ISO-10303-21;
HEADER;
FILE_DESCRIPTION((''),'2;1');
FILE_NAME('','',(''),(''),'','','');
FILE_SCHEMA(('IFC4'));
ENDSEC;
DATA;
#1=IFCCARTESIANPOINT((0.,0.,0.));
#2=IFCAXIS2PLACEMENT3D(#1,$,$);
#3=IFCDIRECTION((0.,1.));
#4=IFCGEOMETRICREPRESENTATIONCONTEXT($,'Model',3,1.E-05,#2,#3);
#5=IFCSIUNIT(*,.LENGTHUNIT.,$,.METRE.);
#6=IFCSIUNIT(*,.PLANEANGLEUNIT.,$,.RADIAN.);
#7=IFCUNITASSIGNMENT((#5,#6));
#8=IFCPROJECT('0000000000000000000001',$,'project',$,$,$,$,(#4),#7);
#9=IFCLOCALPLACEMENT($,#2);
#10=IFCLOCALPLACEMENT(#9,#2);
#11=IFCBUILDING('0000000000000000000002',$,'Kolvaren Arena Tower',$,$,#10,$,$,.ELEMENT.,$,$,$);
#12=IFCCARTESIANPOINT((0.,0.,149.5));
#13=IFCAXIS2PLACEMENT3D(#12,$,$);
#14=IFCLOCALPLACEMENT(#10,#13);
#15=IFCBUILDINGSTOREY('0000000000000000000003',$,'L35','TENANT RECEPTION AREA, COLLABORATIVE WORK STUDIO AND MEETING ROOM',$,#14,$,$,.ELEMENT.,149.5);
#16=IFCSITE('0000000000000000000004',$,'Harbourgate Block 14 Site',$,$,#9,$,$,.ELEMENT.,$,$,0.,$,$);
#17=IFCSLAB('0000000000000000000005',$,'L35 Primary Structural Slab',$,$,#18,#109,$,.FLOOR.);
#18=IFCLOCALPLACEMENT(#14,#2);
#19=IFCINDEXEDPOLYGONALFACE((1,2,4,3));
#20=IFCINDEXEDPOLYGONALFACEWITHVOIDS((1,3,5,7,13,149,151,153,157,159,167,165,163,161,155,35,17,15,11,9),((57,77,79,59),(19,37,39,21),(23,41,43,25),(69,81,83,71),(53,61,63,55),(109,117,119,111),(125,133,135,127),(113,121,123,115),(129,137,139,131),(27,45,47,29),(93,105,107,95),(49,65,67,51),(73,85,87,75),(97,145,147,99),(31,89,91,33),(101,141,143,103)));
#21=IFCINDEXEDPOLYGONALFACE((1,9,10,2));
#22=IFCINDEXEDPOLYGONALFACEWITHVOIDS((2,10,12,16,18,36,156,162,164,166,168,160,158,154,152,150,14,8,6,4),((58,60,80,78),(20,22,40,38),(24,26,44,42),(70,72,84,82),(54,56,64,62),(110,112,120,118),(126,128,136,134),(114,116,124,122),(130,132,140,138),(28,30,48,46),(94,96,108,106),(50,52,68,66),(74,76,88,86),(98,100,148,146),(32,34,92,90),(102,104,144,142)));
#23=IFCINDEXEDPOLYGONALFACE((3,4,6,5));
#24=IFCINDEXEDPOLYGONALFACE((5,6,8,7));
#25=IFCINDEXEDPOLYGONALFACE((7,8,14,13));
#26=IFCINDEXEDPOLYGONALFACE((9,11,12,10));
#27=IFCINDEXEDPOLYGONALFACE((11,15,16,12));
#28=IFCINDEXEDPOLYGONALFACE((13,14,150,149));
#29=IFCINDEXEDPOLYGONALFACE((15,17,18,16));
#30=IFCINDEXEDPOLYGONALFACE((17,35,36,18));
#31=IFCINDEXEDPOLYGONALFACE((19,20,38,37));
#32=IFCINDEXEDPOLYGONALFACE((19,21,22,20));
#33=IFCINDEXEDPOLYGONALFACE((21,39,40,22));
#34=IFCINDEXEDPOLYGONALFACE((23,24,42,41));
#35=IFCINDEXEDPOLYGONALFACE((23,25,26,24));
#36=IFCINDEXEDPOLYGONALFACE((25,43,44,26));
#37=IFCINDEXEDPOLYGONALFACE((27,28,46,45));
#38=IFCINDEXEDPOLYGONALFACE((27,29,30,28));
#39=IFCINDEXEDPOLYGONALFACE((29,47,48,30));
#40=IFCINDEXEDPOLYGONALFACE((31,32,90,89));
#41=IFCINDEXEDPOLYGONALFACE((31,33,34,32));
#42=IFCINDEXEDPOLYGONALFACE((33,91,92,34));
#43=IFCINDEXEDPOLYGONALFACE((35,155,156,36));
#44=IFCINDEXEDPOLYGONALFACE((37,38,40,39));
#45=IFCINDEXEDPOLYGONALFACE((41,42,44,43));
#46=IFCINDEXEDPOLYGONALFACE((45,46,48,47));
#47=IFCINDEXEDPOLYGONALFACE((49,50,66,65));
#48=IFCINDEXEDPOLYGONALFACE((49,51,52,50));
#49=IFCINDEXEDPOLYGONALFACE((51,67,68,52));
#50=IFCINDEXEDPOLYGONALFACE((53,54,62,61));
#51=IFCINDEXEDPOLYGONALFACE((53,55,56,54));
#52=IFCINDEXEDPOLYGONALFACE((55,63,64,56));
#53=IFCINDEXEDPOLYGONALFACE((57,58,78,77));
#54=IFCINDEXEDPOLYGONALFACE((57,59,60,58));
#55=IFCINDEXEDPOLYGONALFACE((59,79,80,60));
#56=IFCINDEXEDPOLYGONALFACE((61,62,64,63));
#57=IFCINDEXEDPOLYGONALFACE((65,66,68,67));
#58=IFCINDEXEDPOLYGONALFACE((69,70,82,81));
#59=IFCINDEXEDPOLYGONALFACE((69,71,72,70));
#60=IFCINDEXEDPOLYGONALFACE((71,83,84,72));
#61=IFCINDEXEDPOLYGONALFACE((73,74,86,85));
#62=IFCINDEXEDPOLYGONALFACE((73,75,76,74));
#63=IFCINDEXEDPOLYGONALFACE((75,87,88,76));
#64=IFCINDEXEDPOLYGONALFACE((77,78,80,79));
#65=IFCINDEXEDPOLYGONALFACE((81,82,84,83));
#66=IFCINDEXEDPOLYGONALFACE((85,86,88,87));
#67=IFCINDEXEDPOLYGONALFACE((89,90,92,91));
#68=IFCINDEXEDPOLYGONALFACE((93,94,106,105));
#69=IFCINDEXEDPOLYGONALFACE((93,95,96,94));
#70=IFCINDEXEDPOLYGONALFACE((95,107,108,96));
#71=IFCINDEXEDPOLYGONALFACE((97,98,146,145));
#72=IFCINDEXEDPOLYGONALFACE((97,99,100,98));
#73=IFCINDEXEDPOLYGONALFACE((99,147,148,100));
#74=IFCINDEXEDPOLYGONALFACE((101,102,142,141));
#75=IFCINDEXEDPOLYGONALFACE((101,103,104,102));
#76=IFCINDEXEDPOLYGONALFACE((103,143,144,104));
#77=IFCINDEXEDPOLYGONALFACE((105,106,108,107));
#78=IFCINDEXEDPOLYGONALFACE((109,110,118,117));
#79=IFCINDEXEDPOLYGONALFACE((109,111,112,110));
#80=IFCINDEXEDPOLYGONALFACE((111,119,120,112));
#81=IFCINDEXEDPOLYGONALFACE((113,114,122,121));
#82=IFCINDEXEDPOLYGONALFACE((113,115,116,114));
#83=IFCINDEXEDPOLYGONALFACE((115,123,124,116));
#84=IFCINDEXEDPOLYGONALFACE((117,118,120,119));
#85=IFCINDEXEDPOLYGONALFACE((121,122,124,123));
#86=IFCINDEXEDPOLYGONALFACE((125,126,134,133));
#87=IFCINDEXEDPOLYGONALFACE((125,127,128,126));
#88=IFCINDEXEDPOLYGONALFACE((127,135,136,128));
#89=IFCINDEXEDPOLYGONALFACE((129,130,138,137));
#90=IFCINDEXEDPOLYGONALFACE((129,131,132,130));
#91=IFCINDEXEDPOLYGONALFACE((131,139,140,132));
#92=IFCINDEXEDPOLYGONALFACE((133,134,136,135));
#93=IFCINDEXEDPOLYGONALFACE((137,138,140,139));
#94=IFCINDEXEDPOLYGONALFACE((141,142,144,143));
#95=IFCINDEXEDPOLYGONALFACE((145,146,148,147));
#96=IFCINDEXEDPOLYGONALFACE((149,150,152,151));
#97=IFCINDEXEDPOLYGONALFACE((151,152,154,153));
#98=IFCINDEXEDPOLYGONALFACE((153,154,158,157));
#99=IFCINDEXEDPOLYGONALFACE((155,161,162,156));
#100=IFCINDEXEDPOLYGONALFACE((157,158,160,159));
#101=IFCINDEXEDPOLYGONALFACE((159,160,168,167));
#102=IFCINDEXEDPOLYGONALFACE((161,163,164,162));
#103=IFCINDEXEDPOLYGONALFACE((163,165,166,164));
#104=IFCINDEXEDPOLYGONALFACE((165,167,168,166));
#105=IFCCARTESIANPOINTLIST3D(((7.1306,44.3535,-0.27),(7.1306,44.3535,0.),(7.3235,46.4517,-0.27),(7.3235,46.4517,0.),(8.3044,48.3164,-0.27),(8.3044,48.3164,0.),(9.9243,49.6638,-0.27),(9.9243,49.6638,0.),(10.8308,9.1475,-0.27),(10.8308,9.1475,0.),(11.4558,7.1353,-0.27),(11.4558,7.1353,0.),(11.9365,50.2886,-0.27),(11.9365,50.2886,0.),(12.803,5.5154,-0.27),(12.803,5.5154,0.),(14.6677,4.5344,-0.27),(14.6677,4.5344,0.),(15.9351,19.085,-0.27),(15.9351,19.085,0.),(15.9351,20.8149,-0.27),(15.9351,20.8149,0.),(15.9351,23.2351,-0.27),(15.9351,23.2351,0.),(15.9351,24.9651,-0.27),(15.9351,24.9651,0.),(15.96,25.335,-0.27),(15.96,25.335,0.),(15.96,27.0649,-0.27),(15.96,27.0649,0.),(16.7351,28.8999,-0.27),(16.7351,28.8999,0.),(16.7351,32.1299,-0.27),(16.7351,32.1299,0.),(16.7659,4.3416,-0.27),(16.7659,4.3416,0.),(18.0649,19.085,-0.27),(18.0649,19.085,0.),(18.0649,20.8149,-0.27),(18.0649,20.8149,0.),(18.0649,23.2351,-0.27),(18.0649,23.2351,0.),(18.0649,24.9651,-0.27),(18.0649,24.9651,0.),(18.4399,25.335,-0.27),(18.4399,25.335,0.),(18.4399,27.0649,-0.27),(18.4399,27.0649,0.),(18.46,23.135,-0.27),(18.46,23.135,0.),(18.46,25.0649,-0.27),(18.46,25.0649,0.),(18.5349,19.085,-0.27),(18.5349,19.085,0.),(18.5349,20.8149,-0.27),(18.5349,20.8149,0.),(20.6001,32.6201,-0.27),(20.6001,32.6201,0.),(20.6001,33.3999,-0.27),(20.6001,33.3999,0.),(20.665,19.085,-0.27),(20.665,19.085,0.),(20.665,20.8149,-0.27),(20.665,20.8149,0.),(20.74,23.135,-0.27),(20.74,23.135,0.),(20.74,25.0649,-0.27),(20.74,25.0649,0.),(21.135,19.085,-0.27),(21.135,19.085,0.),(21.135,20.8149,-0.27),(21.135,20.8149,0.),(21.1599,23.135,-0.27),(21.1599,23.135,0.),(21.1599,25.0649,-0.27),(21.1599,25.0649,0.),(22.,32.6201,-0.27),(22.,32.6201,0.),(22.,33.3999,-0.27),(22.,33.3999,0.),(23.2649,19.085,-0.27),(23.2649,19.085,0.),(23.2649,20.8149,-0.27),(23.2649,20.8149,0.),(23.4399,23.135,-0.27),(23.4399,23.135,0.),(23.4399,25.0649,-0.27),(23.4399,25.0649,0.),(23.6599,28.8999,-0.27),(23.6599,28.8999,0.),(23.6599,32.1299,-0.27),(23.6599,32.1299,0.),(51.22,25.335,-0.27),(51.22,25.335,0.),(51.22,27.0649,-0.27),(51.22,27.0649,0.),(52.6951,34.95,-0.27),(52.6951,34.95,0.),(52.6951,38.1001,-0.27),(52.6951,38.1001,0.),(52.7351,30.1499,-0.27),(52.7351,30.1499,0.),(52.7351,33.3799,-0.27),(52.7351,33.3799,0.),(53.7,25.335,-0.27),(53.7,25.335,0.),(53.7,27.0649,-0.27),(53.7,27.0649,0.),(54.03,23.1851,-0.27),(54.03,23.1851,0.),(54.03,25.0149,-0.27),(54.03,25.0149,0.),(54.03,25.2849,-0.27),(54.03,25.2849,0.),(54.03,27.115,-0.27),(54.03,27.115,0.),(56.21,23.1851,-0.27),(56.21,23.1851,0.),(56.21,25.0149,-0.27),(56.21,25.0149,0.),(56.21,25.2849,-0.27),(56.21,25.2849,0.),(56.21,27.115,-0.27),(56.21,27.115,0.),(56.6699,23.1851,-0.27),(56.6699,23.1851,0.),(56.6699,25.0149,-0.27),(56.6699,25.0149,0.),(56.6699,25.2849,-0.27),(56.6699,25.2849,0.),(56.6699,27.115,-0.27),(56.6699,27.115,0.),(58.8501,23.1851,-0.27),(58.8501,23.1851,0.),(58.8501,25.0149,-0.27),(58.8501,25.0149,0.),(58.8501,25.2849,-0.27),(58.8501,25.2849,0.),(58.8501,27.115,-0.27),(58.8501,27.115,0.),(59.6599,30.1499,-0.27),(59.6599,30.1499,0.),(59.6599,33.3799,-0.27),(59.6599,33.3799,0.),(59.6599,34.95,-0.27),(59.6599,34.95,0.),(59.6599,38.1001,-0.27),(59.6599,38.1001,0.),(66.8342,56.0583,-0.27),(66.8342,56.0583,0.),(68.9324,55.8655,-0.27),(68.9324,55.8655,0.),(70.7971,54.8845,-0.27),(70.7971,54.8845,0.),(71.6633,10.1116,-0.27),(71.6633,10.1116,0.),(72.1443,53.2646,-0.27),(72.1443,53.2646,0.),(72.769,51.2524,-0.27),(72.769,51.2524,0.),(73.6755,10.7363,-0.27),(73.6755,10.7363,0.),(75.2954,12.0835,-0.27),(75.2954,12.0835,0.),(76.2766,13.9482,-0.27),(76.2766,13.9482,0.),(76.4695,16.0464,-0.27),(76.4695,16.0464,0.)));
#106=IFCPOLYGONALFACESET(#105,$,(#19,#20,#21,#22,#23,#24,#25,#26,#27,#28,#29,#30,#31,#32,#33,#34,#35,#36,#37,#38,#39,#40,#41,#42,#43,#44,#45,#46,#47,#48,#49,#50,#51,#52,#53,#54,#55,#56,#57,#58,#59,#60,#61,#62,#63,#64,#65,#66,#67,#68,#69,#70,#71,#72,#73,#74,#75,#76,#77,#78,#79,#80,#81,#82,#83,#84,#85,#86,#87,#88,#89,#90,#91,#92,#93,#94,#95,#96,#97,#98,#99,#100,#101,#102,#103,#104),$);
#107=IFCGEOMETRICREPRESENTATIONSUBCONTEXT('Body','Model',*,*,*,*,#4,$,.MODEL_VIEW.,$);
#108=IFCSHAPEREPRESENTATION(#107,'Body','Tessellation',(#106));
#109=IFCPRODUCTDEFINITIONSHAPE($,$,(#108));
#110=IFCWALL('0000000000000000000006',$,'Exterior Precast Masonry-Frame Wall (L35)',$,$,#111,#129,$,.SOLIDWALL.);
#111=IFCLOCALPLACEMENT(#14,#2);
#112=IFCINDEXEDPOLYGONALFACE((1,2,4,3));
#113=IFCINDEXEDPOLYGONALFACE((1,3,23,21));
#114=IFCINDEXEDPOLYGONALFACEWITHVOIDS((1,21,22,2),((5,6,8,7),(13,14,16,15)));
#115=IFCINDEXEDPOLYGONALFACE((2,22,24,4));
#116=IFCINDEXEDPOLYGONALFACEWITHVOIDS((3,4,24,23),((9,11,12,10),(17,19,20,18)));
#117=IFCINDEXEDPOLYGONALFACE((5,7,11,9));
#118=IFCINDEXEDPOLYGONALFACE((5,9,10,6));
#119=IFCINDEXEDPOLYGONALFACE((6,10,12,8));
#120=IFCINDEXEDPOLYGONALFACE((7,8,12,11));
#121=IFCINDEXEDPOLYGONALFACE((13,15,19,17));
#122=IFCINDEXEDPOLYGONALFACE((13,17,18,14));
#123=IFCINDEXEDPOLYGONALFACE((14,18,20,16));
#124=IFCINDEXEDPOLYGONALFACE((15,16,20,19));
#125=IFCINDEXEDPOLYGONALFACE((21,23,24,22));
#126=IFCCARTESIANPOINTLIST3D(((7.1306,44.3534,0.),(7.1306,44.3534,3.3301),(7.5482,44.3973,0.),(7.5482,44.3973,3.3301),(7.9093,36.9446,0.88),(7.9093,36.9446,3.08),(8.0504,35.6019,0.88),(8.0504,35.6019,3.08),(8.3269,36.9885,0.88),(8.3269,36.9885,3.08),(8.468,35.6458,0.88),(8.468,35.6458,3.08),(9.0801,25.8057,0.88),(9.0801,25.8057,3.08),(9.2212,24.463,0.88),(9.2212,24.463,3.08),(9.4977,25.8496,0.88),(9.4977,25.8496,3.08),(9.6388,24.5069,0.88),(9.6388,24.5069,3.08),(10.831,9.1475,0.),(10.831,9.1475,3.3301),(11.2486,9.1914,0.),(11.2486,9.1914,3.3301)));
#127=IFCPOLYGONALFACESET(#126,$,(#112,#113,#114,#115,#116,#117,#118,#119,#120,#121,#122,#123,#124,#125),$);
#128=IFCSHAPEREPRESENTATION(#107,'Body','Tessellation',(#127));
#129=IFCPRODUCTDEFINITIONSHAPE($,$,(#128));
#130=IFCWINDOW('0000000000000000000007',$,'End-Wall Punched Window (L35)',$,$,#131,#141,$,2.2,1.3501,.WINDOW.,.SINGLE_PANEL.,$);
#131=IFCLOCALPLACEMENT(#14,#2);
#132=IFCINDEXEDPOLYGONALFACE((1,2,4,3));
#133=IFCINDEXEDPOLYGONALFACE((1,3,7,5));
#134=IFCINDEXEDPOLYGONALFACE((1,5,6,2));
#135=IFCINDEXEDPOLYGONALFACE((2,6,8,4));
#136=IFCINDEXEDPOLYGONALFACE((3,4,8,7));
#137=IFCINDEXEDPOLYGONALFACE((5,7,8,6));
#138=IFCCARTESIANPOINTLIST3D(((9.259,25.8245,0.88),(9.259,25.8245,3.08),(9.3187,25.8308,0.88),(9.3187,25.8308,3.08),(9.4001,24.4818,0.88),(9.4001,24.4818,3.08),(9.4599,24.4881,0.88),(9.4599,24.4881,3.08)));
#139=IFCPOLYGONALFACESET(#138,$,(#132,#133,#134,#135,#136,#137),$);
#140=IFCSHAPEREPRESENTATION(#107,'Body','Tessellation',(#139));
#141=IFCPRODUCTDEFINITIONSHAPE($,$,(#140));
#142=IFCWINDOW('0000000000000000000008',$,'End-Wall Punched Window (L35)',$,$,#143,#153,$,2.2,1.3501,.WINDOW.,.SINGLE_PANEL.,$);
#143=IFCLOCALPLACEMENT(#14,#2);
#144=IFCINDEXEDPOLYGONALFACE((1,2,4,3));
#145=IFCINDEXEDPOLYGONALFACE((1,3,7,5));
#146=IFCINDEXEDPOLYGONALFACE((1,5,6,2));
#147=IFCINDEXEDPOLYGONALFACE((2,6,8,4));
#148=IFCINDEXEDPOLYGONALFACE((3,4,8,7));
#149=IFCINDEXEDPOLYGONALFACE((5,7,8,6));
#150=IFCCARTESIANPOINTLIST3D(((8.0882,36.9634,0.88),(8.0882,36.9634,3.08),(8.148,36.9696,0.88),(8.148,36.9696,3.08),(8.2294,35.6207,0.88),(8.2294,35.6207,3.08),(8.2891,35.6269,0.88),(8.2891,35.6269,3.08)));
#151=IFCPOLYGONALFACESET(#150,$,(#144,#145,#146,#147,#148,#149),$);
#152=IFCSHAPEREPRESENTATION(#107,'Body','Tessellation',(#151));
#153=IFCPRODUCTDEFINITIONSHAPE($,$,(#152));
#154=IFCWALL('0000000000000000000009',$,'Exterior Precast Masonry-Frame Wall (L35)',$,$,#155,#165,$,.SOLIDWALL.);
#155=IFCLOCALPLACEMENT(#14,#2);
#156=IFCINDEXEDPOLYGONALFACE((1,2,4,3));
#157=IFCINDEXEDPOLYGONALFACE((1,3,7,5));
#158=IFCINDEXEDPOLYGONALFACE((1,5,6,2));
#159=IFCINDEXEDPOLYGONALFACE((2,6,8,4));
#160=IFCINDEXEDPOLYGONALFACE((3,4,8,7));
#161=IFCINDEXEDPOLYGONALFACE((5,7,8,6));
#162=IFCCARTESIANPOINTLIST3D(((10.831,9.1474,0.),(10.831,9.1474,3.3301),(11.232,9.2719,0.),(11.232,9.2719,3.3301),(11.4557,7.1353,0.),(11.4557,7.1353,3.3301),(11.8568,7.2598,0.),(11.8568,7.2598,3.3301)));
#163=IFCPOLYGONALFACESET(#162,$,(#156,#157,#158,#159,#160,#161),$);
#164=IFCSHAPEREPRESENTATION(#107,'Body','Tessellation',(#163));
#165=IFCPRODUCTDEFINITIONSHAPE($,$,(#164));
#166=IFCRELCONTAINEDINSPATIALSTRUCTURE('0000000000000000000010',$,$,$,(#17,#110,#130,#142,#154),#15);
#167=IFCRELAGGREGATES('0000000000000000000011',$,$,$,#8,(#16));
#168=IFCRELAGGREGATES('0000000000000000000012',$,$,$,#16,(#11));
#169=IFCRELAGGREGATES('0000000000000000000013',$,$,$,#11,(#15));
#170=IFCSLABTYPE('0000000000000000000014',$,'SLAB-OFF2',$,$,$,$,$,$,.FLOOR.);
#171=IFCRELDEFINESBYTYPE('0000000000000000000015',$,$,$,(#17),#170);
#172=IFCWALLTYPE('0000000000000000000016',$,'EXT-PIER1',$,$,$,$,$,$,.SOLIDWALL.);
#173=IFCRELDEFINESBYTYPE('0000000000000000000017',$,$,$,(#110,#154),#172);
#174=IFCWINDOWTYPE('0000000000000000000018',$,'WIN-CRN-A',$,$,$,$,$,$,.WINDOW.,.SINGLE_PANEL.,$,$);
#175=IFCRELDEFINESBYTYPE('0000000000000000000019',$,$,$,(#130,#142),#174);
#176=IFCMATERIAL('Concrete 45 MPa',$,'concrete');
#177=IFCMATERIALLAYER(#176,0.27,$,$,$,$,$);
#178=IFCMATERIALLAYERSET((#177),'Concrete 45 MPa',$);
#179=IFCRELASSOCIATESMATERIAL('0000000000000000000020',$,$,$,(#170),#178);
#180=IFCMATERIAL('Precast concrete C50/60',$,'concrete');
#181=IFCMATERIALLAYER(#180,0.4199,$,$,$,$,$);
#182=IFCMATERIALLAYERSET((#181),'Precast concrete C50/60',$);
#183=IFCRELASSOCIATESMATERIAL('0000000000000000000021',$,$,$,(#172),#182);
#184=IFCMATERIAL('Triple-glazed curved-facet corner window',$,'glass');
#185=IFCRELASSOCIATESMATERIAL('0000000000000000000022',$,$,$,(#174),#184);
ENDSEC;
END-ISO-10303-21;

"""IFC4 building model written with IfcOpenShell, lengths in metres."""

from ifc_helpers import new_model, si_unit, direction, frame, frame_2d, origin, place, context, subcontext, project, spatial, polyline, rectangle, outline, extrude, material, layer, layer_set, type_object, element, fill, save


model = new_model("IFC4")

# Units and contexts
model_context = context("Model", 3, precision=1e-05, world=origin(), true_north=direction((0.0, 1.0)))
body_context = subcontext(model_context, "Body", "Model", "MODEL_VIEW")
ifc_project = project(units=[si_unit("LENGTHUNIT", "METRE"), si_unit("PLANEANGLEUNIT", "RADIAN")], contexts=[model_context])

# Site, building, storey
site_placement = place(None, origin())
site = spatial("IfcSite", under=ifc_project, at=site_placement, Name="Harbourgate Block 14 Site", CompositionType="ELEMENT", RefElevation=0.0)
building_placement = place(site_placement, origin())
building = spatial("IfcBuilding", under=site, at=building_placement, Name="Kolvaren Arena Tower", CompositionType="ELEMENT")
storey_placement = place(building_placement, frame((0.0, 0.0, 149.5)))
storey = spatial("IfcBuildingStorey", under=building, at=storey_placement, Name="L35", Description="TENANT RECEPTION AREA, COLLABORATIVE WORK STUDIO AND MEETING ROOM", CompositionType="ELEMENT", Elevation=149.5)

# Shared definitions
ifc_material_1 = material(Name="Concrete 45 MPa", Category="concrete")

# Slab
ifc_layer_1 = layer(ifc_material_1, 0.27)
ifc_layer_set_1 = layer_set([ifc_layer_1], Name="Concrete 45 MPa")
slab_type_1 = type_object("IfcSlabType", Name="SLAB-OFF2", PredefinedType="FLOOR", material=ifc_layer_set_1)
slab_1_placement = place(storey_placement, frame((0.0, 0.0, -0.27)))
element("IfcSlab", 1, at=slab_1_placement, inside=storey, type_object=slab_type_1, Name="L35 Primary Structural Slab", PredefinedType="FLOOR", context=body_context, shape_type="SweptSolid", body=[
    extrude(outline(polyline([(71.6633, 10.1116), (73.6755, 10.7363), (75.2954, 12.0835), (76.2766, 13.9482), (76.4695, 16.0464), (72.769, 51.2524), (72.1443, 53.2646), (70.7971, 54.8845), (68.9324, 55.8655), (66.8342, 56.0583), (11.9365, 50.2886), (9.9243, 49.6638), (8.3044, 48.3164), (7.3235, 46.4517), (7.1306, 44.3535), (10.8308, 9.1475), (11.4558, 7.1353), (12.803, 5.5154), (14.6677, 4.5344), (16.7659, 4.3416), (71.6633, 10.1116)]), holes=[polyline([(15.9351, 19.085), (15.9351, 20.8149), (18.0649, 20.8149), (18.0649, 19.085), (15.9351, 19.085)]), polyline([(18.5349, 19.085), (18.5349, 20.8149), (20.665, 20.8149), (20.665, 19.085), (18.5349, 19.085)]), polyline([(21.135, 19.085), (21.135, 20.8149), (23.2649, 20.8149), (23.2649, 19.085), (21.135, 19.085)]), polyline([(18.46, 23.135), (18.46, 25.0649), (20.74, 25.0649), (20.74, 23.135), (18.46, 23.135)]), polyline([(21.1599, 23.135), (21.1599, 25.0649), (23.4399, 25.0649), (23.4399, 23.135), (21.1599, 23.135)]), polyline([(54.03, 23.1851), (54.03, 25.0149), (56.21, 25.0149), (56.21, 23.1851), (54.03, 23.1851)]), polyline([(56.6699, 23.1851), (56.6699, 25.0149), (58.8501, 25.0149), (58.8501, 23.1851), (56.6699, 23.1851)]), polyline([(15.9351, 23.2351), (15.9351, 24.9651), (18.0649, 24.9651), (18.0649, 23.2351), (15.9351, 23.2351)]), polyline([(54.03, 25.2849), (54.03, 27.115), (56.21, 27.115), (56.21, 25.2849), (54.03, 25.2849)]), polyline([(56.6699, 25.2849), (56.6699, 27.115), (58.8501, 27.115), (58.8501, 25.2849), (56.6699, 25.2849)]), polyline([(15.96, 25.335), (15.96, 27.0649), (18.4399, 27.0649), (18.4399, 25.335), (15.96, 25.335)]), polyline([(51.22, 25.335), (51.22, 27.0649), (53.7, 27.0649), (53.7, 25.335), (51.22, 25.335)]), polyline([(16.7351, 28.8999), (16.7351, 32.1299), (23.6599, 32.1299), (23.6599, 28.8999), (16.7351, 28.8999)]), polyline([(52.7351, 30.1499), (52.7351, 33.3799), (59.6599, 33.3799), (59.6599, 30.1499), (52.7351, 30.1499)]), polyline([(20.6001, 32.6201), (20.6001, 33.3999), (22.0, 33.3999), (22.0, 32.6201), (20.6001, 32.6201)]), polyline([(52.6951, 34.95), (52.6951, 38.1001), (59.6599, 38.1001), (59.6599, 34.95), (52.6951, 34.95)])]), origin(), (0.0, 0.0, 1.0), 0.27),
])

# Wall, openings, windows
ifc_material_2 = material(Name="Precast concrete C50/60", Category="concrete")
ifc_layer_2 = layer(ifc_material_2, 0.4199)
ifc_layer_set_2 = layer_set([ifc_layer_2], Name="Precast concrete C50/60")
wall_type = type_object("IfcWallType", Name="EXT-PIER1", PredefinedType="SOLIDWALL", material=ifc_layer_set_2)
wall_1_placement = place(storey_placement, frame((11.0398, 9.1694, 0.0), z_axis=(0.0, 0.0, 1.0), x_axis=(-0.104532, 0.994522, 0.0)))
wall_1 = element("IfcWall", 2, at=wall_1_placement, inside=storey, type_object=wall_type, Name="Exterior Precast Masonry-Frame Wall (L35)", PredefinedType="SOLIDWALL", context=body_context, shape_type="SweptSolid", body=[
    extrude(rectangle(XDim=35.3999, YDim=0.4199, at=frame_2d((17.7, 0.0))), origin(), (0.0, 0.0, 1.0), 3.3301),
])
opening_1_placement = place(wall_1_placement, frame((15.3999, 0.0, 0.8799)))
opening_1 = element("IfcOpeningElement", 3, at=opening_1_placement, cuts=wall_1, PredefinedType="OPENING", context=body_context, shape_type="SweptSolid", body=[
    extrude(rectangle(XDim=1.3501, YDim=2.2, at=frame_2d((0.675, 1.1001))), frame((0.0, 0.22, 0.0), z_axis=(0.0, -1.0, 0.0), x_axis=(1.0, 0.0, 0.0)), (0.0, 0.0, 1.0), 0.4399),
])
opening_2_placement = place(wall_1_placement, frame((26.6001, 0.0, 0.8799)))
opening_2 = element("IfcOpeningElement", 4, at=opening_2_placement, cuts=wall_1, PredefinedType="OPENING", context=body_context, shape_type="SweptSolid", body=[
    extrude(rectangle(XDim=1.3501, YDim=2.2, at=frame_2d((0.675, 1.1001))), frame((0.0, 0.22, 0.0), z_axis=(0.0, -1.0, 0.0), x_axis=(1.0, 0.0, 0.0)), (0.0, 0.0, 1.0), 0.4399),
])
ifc_material_3 = material(Name="Triple-glazed curved-facet corner window", Category="glass")
window_type = type_object("IfcWindowType", Name="WIN-CRN-A", PartitioningType="SINGLE_PANEL", PredefinedType="WINDOW", material=ifc_material_3)
window_1_placement = place(opening_1_placement, origin())
window_1 = element("IfcWindow", 5, at=window_1_placement, inside=storey, type_object=window_type, Name="End-Wall Punched Window (L35)", OverallHeight=2.2, OverallWidth=1.3501, PartitioningType="SINGLE_PANEL", PredefinedType="WINDOW", context=body_context, shape_type="SweptSolid", body=[
    extrude(rectangle(XDim=1.3501, YDim=2.2, at=frame_2d((0.675, 1.1001))), frame((0.0, 0.03, 0.0), z_axis=(0.0, -1.0, 0.0), x_axis=(1.0, 0.0, 0.0)), (0.0, 0.0, 1.0), 0.0601),
])
fill(opening_1, window_1)
window_2_placement = place(opening_2_placement, origin())
window_2 = element("IfcWindow", 6, at=window_2_placement, inside=storey, type_object=window_type, Name="End-Wall Punched Window (L35)", OverallHeight=2.2, OverallWidth=1.3501, PartitioningType="SINGLE_PANEL", PredefinedType="WINDOW", context=body_context, shape_type="SweptSolid", body=[
    extrude(rectangle(XDim=1.3501, YDim=2.2, at=frame_2d((0.675, 1.1001))), frame((0.0, 0.03, 0.0), z_axis=(0.0, -1.0, 0.0), x_axis=(1.0, 0.0, 0.0)), (0.0, 0.0, 1.0), 0.0601),
])
fill(opening_2, window_2)

# Wall
for number, where, z_axis, x_axis, name in (
    (7, (11.6562, 7.1975, 0.0), (0.0, 0.0, 1.0), (-0.296519, 0.955027, 0.0), "Exterior Precast Masonry-Frame Wall (L35)"),
):
    element("IfcWall", number, at=place(storey_placement, frame(where, z_axis=z_axis, x_axis=x_axis)), inside=storey, type_object=wall_type, Name=name, PredefinedType="SOLIDWALL", context=body_context, shape_type="SweptSolid", body=[
        extrude(rectangle(XDim=2.1069, YDim=0.4199, at=frame_2d((1.0535, 0.0))), origin(), (0.0, 0.0, 1.0), 3.3301),
    ])

save(model, "model.ifc")
